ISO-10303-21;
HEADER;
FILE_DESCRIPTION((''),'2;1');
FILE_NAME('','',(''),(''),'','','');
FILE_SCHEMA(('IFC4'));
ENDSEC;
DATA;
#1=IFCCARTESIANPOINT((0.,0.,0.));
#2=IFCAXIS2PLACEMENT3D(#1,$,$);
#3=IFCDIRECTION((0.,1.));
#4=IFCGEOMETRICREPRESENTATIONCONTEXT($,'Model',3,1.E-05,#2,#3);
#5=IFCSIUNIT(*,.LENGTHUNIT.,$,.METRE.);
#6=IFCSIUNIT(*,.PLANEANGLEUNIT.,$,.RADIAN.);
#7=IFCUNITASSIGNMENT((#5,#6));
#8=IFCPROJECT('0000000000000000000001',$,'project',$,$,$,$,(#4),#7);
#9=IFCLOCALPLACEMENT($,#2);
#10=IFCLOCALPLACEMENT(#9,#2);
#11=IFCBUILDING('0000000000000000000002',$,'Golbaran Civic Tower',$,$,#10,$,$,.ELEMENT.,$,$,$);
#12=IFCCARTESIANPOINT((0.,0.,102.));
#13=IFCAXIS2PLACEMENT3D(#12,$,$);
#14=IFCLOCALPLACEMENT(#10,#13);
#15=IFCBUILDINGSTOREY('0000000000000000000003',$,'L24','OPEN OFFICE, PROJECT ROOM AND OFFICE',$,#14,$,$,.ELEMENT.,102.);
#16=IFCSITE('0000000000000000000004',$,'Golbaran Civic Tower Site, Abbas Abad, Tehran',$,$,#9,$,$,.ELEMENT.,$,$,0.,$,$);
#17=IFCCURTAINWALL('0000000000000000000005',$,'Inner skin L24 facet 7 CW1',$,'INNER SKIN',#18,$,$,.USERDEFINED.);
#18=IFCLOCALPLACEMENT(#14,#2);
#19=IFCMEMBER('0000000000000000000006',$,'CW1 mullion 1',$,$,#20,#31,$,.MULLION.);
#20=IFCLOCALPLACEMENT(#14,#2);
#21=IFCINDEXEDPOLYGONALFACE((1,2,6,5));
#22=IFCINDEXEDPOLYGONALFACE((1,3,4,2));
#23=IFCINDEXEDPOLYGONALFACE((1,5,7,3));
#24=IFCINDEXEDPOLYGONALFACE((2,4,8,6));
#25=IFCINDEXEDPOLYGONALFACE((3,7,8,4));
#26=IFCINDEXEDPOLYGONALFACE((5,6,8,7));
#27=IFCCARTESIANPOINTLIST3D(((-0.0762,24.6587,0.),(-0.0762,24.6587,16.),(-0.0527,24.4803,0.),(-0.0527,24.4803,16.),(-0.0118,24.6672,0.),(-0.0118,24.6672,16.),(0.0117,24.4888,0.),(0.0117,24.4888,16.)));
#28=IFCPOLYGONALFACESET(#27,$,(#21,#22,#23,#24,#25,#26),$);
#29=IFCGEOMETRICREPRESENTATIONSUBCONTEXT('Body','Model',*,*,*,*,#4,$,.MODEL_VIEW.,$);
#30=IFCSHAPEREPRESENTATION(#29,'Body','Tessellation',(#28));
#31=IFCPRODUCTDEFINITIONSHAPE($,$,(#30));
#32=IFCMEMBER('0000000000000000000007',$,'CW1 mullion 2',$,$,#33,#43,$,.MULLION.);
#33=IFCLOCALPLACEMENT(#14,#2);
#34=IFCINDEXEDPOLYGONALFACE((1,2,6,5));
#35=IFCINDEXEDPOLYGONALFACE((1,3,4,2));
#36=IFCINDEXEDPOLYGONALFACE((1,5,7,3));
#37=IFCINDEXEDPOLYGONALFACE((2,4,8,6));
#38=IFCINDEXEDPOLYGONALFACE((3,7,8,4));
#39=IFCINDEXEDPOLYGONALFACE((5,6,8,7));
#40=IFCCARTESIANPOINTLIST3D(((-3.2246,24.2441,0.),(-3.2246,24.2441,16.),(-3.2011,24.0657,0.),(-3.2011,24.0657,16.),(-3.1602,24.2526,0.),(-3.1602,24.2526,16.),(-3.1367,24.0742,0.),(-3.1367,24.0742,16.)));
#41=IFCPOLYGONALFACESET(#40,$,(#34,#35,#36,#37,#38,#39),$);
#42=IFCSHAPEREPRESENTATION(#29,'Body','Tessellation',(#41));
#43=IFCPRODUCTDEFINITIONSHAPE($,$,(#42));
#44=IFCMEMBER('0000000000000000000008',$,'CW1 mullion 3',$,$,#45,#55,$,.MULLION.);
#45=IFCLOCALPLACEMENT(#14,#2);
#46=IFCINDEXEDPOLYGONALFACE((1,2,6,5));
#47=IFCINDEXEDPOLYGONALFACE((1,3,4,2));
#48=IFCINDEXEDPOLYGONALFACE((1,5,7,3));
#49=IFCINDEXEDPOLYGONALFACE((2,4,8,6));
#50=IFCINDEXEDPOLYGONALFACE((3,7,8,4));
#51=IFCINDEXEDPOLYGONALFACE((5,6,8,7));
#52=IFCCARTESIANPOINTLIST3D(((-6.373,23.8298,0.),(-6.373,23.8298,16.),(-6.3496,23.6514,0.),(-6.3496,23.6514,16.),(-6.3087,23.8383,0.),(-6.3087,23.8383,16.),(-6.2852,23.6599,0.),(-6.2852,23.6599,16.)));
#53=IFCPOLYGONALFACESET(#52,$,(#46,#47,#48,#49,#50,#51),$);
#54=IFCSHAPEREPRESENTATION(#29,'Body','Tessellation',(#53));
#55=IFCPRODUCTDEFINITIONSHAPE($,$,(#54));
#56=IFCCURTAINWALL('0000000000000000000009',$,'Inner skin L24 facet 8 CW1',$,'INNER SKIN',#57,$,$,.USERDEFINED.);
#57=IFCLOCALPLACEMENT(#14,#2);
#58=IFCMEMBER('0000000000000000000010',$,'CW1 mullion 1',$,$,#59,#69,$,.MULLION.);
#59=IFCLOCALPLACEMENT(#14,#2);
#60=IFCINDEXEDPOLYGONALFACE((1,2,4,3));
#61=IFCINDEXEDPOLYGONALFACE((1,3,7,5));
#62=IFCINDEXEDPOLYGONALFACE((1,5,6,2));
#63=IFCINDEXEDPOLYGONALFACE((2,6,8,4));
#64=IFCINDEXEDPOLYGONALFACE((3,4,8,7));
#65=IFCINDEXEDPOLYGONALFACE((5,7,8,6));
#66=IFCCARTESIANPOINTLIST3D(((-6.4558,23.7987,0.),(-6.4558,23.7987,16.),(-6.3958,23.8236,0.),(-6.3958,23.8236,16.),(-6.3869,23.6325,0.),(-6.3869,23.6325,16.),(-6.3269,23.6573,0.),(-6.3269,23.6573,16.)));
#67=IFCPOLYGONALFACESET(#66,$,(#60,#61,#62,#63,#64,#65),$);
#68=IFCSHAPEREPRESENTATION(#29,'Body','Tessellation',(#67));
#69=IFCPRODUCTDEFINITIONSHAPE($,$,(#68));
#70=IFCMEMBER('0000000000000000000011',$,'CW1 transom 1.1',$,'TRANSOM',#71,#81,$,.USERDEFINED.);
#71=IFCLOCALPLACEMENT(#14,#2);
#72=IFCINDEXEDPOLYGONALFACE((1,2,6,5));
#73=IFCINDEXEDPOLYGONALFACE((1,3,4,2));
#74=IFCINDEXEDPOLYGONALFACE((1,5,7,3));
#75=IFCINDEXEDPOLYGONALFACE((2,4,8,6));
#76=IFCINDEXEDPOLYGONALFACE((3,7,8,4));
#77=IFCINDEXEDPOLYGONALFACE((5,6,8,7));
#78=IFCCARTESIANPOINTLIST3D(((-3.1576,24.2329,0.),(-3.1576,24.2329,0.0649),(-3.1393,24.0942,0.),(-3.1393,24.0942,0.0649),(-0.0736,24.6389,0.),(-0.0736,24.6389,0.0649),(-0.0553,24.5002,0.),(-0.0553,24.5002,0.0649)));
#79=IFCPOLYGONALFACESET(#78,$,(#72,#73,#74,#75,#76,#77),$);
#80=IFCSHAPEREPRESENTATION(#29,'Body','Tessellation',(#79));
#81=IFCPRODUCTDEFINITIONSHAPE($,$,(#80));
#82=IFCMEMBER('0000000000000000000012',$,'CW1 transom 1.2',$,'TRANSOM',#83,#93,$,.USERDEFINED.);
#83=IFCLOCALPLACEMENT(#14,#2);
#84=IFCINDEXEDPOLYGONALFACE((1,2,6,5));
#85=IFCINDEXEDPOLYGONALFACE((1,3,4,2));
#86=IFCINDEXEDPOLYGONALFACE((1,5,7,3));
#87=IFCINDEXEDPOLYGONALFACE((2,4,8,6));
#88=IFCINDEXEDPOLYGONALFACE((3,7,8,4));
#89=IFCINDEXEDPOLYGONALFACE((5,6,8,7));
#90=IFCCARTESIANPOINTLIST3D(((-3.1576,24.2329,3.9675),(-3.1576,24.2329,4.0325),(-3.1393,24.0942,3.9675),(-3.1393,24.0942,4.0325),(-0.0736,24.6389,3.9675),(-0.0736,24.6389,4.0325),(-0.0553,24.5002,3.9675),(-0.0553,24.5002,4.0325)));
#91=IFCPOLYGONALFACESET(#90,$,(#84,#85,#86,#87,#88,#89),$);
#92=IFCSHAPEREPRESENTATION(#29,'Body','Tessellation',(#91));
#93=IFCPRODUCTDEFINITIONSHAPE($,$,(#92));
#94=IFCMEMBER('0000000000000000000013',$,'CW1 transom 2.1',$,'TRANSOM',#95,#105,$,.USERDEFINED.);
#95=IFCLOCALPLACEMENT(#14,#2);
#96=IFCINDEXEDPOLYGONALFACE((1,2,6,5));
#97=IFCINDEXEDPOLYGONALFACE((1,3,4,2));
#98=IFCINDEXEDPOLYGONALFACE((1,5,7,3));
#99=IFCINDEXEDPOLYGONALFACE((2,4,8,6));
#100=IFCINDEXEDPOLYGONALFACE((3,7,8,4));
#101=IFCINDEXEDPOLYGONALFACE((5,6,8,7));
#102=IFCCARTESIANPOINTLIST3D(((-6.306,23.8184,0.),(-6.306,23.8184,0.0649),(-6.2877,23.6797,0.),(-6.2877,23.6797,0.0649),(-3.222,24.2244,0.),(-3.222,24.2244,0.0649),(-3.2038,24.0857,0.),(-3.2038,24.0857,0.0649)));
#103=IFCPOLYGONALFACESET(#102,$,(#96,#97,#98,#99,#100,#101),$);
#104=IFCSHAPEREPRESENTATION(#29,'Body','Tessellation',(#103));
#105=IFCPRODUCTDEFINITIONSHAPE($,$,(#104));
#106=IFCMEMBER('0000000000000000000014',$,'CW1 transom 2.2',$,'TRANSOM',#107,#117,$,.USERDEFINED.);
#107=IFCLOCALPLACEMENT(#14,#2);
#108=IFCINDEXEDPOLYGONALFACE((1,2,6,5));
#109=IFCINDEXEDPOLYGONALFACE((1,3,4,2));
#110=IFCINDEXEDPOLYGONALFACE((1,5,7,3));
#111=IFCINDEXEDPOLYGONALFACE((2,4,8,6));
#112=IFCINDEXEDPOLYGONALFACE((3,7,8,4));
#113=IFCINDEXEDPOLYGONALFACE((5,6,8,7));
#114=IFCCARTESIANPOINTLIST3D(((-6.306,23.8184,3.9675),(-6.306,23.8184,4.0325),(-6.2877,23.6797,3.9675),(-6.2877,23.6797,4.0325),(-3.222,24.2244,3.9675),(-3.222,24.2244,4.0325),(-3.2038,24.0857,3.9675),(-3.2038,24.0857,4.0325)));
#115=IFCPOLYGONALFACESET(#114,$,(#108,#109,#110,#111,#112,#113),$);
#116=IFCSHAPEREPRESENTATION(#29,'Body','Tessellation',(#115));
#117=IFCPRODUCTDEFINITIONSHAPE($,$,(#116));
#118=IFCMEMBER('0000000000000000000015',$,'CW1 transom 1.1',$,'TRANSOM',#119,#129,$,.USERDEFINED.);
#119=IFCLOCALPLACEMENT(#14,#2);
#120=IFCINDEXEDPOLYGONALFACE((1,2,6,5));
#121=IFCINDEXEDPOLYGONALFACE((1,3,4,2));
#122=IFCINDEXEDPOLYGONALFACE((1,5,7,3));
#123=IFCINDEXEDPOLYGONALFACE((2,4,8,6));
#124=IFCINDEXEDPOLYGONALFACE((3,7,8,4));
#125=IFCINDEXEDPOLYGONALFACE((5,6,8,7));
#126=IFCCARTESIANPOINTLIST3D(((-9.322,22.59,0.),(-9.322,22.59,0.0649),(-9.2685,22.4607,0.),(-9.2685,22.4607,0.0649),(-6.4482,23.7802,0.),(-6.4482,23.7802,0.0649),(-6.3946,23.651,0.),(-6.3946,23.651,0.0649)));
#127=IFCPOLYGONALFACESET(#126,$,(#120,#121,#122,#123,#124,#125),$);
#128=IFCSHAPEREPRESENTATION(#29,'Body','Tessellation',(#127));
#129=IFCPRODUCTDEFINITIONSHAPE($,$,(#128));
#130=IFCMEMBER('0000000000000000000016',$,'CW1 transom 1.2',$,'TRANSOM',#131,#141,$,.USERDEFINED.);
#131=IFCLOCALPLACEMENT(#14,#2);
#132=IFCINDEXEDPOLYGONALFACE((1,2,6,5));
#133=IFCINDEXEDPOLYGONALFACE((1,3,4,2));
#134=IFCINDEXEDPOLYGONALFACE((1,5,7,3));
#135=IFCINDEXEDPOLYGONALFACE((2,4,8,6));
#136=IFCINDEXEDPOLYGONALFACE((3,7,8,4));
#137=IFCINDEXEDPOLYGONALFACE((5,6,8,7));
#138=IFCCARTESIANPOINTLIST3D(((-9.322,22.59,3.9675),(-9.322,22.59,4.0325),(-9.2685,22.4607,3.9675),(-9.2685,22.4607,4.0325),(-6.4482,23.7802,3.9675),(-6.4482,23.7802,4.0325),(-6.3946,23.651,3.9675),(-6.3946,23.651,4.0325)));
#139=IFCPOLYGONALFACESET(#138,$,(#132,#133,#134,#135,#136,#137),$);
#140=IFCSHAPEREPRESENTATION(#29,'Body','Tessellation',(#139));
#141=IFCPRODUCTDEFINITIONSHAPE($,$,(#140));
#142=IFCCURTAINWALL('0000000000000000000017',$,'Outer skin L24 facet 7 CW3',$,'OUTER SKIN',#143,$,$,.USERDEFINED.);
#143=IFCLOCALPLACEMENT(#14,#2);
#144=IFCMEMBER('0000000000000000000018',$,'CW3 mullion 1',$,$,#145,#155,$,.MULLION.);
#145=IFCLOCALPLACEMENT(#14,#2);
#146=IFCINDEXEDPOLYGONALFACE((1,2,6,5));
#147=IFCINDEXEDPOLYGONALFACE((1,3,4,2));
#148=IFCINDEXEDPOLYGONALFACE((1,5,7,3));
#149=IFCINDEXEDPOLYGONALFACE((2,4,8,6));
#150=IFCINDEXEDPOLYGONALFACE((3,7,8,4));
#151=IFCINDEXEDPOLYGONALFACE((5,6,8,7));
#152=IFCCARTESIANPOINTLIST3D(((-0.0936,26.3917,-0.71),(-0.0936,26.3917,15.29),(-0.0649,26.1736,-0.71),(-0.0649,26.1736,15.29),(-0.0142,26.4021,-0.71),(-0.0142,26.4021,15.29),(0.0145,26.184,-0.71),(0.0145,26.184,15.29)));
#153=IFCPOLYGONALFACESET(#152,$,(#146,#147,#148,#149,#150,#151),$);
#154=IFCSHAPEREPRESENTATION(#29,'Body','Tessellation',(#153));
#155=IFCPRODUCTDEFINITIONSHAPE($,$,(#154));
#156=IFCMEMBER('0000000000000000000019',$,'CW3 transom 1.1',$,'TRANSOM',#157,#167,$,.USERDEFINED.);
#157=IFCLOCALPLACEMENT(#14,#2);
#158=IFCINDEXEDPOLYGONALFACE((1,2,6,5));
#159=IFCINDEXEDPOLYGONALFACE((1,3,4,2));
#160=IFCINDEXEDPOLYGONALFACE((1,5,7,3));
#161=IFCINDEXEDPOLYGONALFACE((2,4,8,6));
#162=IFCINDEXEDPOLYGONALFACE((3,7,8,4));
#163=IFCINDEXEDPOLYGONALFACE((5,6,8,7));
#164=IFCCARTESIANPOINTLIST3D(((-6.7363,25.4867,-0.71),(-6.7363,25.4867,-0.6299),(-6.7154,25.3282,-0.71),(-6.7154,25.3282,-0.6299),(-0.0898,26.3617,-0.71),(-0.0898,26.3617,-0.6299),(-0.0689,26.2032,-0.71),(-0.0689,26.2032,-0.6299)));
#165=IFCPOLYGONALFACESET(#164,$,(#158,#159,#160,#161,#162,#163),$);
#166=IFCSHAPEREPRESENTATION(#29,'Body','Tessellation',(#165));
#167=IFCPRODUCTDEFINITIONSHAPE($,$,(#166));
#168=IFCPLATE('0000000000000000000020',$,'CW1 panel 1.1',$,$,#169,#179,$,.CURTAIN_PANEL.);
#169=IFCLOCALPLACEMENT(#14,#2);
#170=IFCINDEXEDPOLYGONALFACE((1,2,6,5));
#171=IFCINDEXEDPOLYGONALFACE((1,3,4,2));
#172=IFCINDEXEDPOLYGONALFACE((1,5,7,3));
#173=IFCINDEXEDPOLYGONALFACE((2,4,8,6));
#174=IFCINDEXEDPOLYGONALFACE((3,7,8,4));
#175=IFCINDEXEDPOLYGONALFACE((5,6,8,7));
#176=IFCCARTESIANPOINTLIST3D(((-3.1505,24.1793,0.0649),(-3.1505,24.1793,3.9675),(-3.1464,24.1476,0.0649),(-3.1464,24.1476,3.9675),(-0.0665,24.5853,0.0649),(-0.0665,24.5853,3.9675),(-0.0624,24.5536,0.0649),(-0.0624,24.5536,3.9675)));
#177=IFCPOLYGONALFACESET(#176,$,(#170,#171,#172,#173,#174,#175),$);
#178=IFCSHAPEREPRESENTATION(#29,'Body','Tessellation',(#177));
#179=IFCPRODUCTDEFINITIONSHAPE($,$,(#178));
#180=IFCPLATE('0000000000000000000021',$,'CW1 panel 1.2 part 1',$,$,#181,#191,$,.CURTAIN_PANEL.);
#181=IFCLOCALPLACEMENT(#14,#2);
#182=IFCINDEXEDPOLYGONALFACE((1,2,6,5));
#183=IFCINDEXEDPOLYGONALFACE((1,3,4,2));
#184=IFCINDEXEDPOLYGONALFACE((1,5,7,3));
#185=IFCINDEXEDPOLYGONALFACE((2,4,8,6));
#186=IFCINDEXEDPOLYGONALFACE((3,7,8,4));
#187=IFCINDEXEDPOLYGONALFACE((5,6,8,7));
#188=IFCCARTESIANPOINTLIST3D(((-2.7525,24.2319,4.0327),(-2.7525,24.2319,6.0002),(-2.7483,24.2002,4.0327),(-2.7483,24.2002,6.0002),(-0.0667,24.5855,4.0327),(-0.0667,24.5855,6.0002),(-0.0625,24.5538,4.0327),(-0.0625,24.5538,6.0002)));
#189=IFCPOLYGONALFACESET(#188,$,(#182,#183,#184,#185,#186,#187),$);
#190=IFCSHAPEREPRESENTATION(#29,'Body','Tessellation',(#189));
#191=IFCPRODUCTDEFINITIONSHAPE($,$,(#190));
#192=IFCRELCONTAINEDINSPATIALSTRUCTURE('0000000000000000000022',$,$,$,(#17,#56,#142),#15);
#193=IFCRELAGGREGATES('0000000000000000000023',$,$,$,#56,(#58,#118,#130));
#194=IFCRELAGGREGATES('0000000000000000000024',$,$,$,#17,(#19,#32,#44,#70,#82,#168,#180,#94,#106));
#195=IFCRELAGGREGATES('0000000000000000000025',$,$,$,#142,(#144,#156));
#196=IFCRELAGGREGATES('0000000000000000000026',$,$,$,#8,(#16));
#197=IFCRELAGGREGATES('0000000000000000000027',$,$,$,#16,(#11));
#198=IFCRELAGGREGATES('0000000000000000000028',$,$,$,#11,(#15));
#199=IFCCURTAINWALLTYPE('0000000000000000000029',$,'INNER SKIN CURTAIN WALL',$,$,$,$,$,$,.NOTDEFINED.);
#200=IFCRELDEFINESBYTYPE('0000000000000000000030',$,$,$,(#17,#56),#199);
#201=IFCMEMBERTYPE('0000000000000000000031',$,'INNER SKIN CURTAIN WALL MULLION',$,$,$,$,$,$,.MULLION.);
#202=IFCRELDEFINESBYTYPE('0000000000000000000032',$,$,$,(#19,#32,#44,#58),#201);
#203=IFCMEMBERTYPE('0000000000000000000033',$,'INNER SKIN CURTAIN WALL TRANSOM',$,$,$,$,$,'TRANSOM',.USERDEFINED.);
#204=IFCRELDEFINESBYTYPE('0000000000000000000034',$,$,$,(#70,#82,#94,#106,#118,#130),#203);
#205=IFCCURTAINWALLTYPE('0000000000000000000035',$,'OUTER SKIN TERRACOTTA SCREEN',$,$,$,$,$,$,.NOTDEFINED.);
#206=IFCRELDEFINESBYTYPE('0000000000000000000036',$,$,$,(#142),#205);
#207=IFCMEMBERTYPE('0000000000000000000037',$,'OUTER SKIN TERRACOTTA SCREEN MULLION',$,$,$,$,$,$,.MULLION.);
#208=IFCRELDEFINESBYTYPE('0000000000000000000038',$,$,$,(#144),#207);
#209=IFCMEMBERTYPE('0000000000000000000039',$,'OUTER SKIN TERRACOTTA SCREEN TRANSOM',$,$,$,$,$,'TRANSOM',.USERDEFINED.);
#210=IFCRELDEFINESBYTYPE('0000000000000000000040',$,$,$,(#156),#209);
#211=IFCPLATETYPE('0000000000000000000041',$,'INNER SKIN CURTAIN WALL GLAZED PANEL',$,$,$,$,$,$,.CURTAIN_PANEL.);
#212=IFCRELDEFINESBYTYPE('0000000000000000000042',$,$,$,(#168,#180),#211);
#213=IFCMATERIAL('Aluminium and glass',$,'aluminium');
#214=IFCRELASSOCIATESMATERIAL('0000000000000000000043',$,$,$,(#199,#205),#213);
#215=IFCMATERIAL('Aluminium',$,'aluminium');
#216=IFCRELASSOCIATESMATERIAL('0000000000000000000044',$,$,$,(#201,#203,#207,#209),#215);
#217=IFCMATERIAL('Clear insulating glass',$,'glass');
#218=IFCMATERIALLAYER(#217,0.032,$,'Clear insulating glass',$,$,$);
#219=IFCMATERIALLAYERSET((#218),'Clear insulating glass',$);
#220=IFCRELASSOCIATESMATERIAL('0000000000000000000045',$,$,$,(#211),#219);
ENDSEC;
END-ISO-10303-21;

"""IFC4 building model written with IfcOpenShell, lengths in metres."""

from ifc_helpers import new_model, si_unit, direction, frame, origin, origin_2d, place, context, subcontext, project, spatial, rectangle, extrude, material, layer, layer_set, material_profile, profile_set, type_object, element, aggregate, save


model = new_model("IFC4")

# Units and contexts
model_context = context("Model", 3, precision=1e-05, world=origin(), true_north=direction((0.0, 1.0)))
body_context = subcontext(model_context, "Body", "Model", "MODEL_VIEW")
ifc_project = project(units=[si_unit("LENGTHUNIT", "METRE"), si_unit("PLANEANGLEUNIT", "RADIAN")], contexts=[model_context])

# Site, building, storey
site_placement = place(None, origin())
site = spatial("IfcSite", under=ifc_project, at=site_placement, Name="Golbaran Civic Tower Site, Abbas Abad, Tehran", CompositionType="ELEMENT", RefElevation=0.0)
building_placement = place(site_placement, origin())
building = spatial("IfcBuilding", under=site, at=building_placement, Name="Golbaran Civic Tower", CompositionType="ELEMENT")
storey_placement = place(building_placement, frame((0.0, 0.0, 102.0)))
storey = spatial("IfcBuildingStorey", under=building, at=storey_placement, Name="L24", Description="OPEN OFFICE, PROJECT ROOM AND OFFICE", CompositionType="ELEMENT", Elevation=102.0)

# Curtain wall, members
ifc_material_1 = material(Name="Aluminium and glass", Category="aluminium")
curtain_wall_type_1 = type_object("IfcCurtainWallType", Name="INNER SKIN CURTAIN WALL", PredefinedType="NOTDEFINED", material=ifc_material_1)
curtain_wall_1_placement = place(storey_placement, origin())
curtain_wall_1 = element("IfcCurtainWall", 1, at=curtain_wall_1_placement, inside=storey, type_object=curtain_wall_type_1, Name="Inner skin L24 facet 7 CW1", ObjectType="INNER SKIN", PredefinedType="USERDEFINED")
ifc_material_2 = material(Name="Aluminium", Category="aluminium")
ifc_material_profile_1 = material_profile(ifc_material_2, rectangle(XDim=0.1799, YDim=0.0649, at=origin_2d()), Name="INNER SKIN CURTAIN WALL MULLION")
ifc_profile_set_1 = profile_set([ifc_material_profile_1], Name="Aluminium")
member_type_1 = type_object("IfcMemberType", Name="INNER SKIN CURTAIN WALL MULLION", PredefinedType="MULLION", material=ifc_profile_set_1)
member_1_placement = place(storey_placement, frame((-0.0322, 24.5737, 0.0), z_axis=(0.0, 0.0, 1.0), x_axis=(0.130526, -0.991445, 0.0)))
member_1 = element("IfcMember", 2, at=member_1_placement, type_object=member_type_1, Name="CW1 mullion 1", PredefinedType="MULLION", context=body_context, shape_type="SweptSolid", body=[
    extrude(rectangle(XDim=0.1799, YDim=0.0649, at=origin_2d()), origin(), (0.0, 0.0, 1.0), 16.0),
])
member_2_placement = place(storey_placement, frame((-3.1807, 24.1592, 0.0), z_axis=(0.0, 0.0, 1.0), x_axis=(0.130526, -0.991445, 0.0)))
member_2 = element("IfcMember", 3, at=member_2_placement, type_object=member_type_1, Name="CW1 mullion 2", PredefinedType="MULLION", context=body_context, shape_type="SweptSolid", body=[
    extrude(rectangle(XDim=0.1799, YDim=0.0649, at=origin_2d()), origin(), (0.0, 0.0, 1.0), 16.0),
])
member_3_placement = place(storey_placement, frame((-6.3291, 23.7449, 0.0), z_axis=(0.0, 0.0, 1.0), x_axis=(0.130526, -0.991445, 0.0)))
member_3 = element("IfcMember", 4, at=member_3_placement, type_object=member_type_1, Name="CW1 mullion 3", PredefinedType="MULLION", context=body_context, shape_type="SweptSolid", body=[
    extrude(rectangle(XDim=0.1799, YDim=0.0649, at=origin_2d()), origin(), (0.0, 0.0, 1.0), 16.0),
])

# Curtain wall, member
curtain_wall_2_placement = place(storey_placement, origin())
curtain_wall_2 = element("IfcCurtainWall", 5, at=curtain_wall_2_placement, inside=storey, type_object=curtain_wall_type_1, Name="Inner skin L24 facet 8 CW1", ObjectType="INNER SKIN", PredefinedType="USERDEFINED")
member_4_placement = place(storey_placement, frame((-6.3914, 23.728, 0.0), z_axis=(0.0, 0.0, 1.0), x_axis=(0.382683, -0.92388, 0.0)))
member_4 = element("IfcMember", 6, at=member_4_placement, type_object=member_type_1, Name="CW1 mullion 1", PredefinedType="MULLION", context=body_context, shape_type="SweptSolid", body=[
    extrude(rectangle(XDim=0.1799, YDim=0.0649, at=origin_2d()), origin(), (0.0, 0.0, 1.0), 16.0),
])

# Members
ifc_material_profile_2 = material_profile(ifc_material_2, rectangle(XDim=0.1399, YDim=0.0649, at=origin_2d()), Name="INNER SKIN CURTAIN WALL TRANSOM")
ifc_profile_set_2 = profile_set([ifc_material_profile_2], Name="Aluminium")
member_type_2 = type_object("IfcMemberType", Name="INNER SKIN CURTAIN WALL TRANSOM", ElementType="TRANSOM", PredefinedType="USERDEFINED", material=ifc_profile_set_2)
member_5_placement = place(storey_placement, frame((-0.0645, 24.5696, 0.0325), z_axis=(-0.991445, -0.130524, 0.0), x_axis=(0.130524, -0.991445, 0.0)))
member_5 = element("IfcMember", 7, at=member_5_placement, type_object=member_type_2, Name="CW1 transom 1.1", ObjectType="TRANSOM", PredefinedType="USERDEFINED", context=body_context, shape_type="SweptSolid", body=[
    extrude(rectangle(XDim=0.1399, YDim=0.0649, at=origin_2d()), origin(), (0.0, 0.0, 1.0), 3.1106),
])
member_6_placement = place(storey_placement, frame((-0.0645, 24.5696, 4.0), z_axis=(-0.991445, -0.130524, 0.0), x_axis=(0.130524, -0.991445, 0.0)))
member_6 = element("IfcMember", 8, at=member_6_placement, type_object=member_type_2, Name="CW1 transom 1.2", ObjectType="TRANSOM", PredefinedType="USERDEFINED", context=body_context, shape_type="SweptSolid", body=[
    extrude(rectangle(XDim=0.1399, YDim=0.0649, at=origin_2d()), origin(), (0.0, 0.0, 1.0), 3.1106),
])
member_7_placement = place(storey_placement, frame((-3.2129, 24.155, 0.0325), z_axis=(-0.991445, -0.130524, 0.0), x_axis=(0.130524, -0.991445, 0.0)))
member_7 = element("IfcMember", 9, at=member_7_placement, type_object=member_type_2, Name="CW1 transom 2.1", ObjectType="TRANSOM", PredefinedType="USERDEFINED", context=body_context, shape_type="SweptSolid", body=[
    extrude(rectangle(XDim=0.1399, YDim=0.0649, at=origin_2d()), origin(), (0.0, 0.0, 1.0), 3.1106),
])
member_8_placement = place(storey_placement, frame((-3.2129, 24.155, 4.0), z_axis=(-0.991445, -0.130524, 0.0), x_axis=(0.130524, -0.991445, 0.0)))
member_8 = element("IfcMember", 10, at=member_8_placement, type_object=member_type_2, Name="CW1 transom 2.2", ObjectType="TRANSOM", PredefinedType="USERDEFINED", context=body_context, shape_type="SweptSolid", body=[
    extrude(rectangle(XDim=0.1399, YDim=0.0649, at=origin_2d()), origin(), (0.0, 0.0, 1.0), 3.1106),
])
member_9_placement = place(storey_placement, frame((-6.4214, 23.7156, 0.0325), z_axis=(-0.923899, -0.382636, 0.0), x_axis=(0.382636, -0.923899, 0.0)))
member_9 = element("IfcMember", 11, at=member_9_placement, type_object=member_type_2, Name="CW1 transom 1.1", ObjectType="TRANSOM", PredefinedType="USERDEFINED", context=body_context, shape_type="SweptSolid", body=[
    extrude(rectangle(XDim=0.1399, YDim=0.0649, at=origin_2d()), origin(), (0.0, 0.0, 1.0), 3.1106),
])
member_10_placement = place(storey_placement, frame((-6.4214, 23.7156, 4.0), z_axis=(-0.923899, -0.382636, 0.0), x_axis=(0.382636, -0.923899, 0.0)))
member_10 = element("IfcMember", 12, at=member_10_placement, type_object=member_type_2, Name="CW1 transom 1.2", ObjectType="TRANSOM", PredefinedType="USERDEFINED", context=body_context, shape_type="SweptSolid", body=[
    extrude(rectangle(XDim=0.1399, YDim=0.0649, at=origin_2d()), origin(), (0.0, 0.0, 1.0), 3.1106),
])
aggregate(curtain_wall_2, [member_4, member_9, member_10])

# Curtain wall, members
curtain_wall_type_2 = type_object("IfcCurtainWallType", Name="OUTER SKIN TERRACOTTA SCREEN", PredefinedType="NOTDEFINED", material=ifc_material_1)
curtain_wall_3_placement = place(storey_placement, origin())
curtain_wall_3 = element("IfcCurtainWall", 13, at=curtain_wall_3_placement, inside=storey, type_object=curtain_wall_type_2, Name="Outer skin L24 facet 7 CW3", ObjectType="OUTER SKIN", PredefinedType="USERDEFINED")
ifc_material_profile_3 = material_profile(ifc_material_2, rectangle(XDim=0.22, YDim=0.0801, at=origin_2d()), Name="OUTER SKIN TERRACOTTA SCREEN MULLION")
ifc_profile_set_3 = profile_set([ifc_material_profile_3], Name="Aluminium")
member_type_3 = type_object("IfcMemberType", Name="OUTER SKIN TERRACOTTA SCREEN MULLION", PredefinedType="MULLION", material=ifc_profile_set_3)
member_11_placement = place(storey_placement, frame((-0.0396, 26.2878, -0.71), z_axis=(0.0, 0.0, 1.0), x_axis=(0.130526, -0.991445, 0.0)))
member_11 = element("IfcMember", 14, at=member_11_placement, type_object=member_type_3, Name="CW3 mullion 1", PredefinedType="MULLION", context=body_context, shape_type="SweptSolid", body=[
    extrude(rectangle(XDim=0.22, YDim=0.0801, at=origin_2d()), origin(), (0.0, 0.0, 1.0), 16.0),
])
ifc_material_profile_4 = material_profile(ifc_material_2, rectangle(XDim=0.1599, YDim=0.0801, at=origin_2d()), Name="OUTER SKIN TERRACOTTA SCREEN TRANSOM")
ifc_profile_set_4 = profile_set([ifc_material_profile_4], Name="Aluminium")
member_type_4 = type_object("IfcMemberType", Name="OUTER SKIN TERRACOTTA SCREEN TRANSOM", ElementType="TRANSOM", PredefinedType="USERDEFINED", material=ifc_profile_set_4)
member_12_placement = place(storey_placement, frame((-0.0793, 26.2825, -0.6699), z_axis=(-0.991445, -0.130522, 0.0), x_axis=(0.130522, -0.991445, 0.0)))
member_12 = element("IfcMember", 15, at=member_12_placement, type_object=member_type_4, Name="CW3 transom 1.1", ObjectType="TRANSOM", PredefinedType="USERDEFINED", context=body_context, shape_type="SweptSolid", body=[
    extrude(rectangle(XDim=0.1599, YDim=0.0801, at=origin_2d()), origin(), (0.0, 0.0, 1.0), 6.7039),
])

# Plates
ifc_material_3 = material(Name="Clear insulating glass", Category="glass")
ifc_layer_1 = layer(ifc_material_3, 0.032, Name="Clear insulating glass")
ifc_layer_set_1 = layer_set([ifc_layer_1], Name="Clear insulating glass")
plate_type_1 = type_object("IfcPlateType", Name="INNER SKIN CURTAIN WALL GLAZED PANEL", PredefinedType="CURTAIN_PANEL", material=ifc_layer_set_1)
plate_1_placement = place(storey_placement, frame((-1.6064, 24.3665, 0.0649), z_axis=(0.0, 0.0, 1.0), x_axis=(-0.991445, -0.130526, 0.0)))
plate_1 = element("IfcPlate", 16, at=plate_1_placement, type_object=plate_type_1, Name="CW1 panel 1.1", PredefinedType="CURTAIN_PANEL", context=body_context, shape_type="SweptSolid", body=[
    extrude(rectangle(XDim=3.1106, YDim=0.032, at=origin_2d()), origin(), (0.0, 0.0, 1.0), 3.9026),
])
plate_2_placement = place(storey_placement, frame((-1.4075, 24.3928, 4.0327), z_axis=(0.0, 0.0, 1.0), x_axis=(-0.991445, -0.130526, 0.0)))
plate_2 = element("IfcPlate", 17, at=plate_2_placement, type_object=plate_type_1, Name="CW1 panel 1.2 part 1", PredefinedType="CURTAIN_PANEL", context=body_context, shape_type="SweptSolid", body=[
    extrude(rectangle(XDim=2.709, YDim=0.032, at=origin_2d()), origin(), (0.0, 0.0, 1.0), 1.9675),
])
aggregate(curtain_wall_1, [member_1, member_2, member_3, member_5, member_6, plate_1, plate_2, member_7, member_8])
aggregate(curtain_wall_3, [member_11, member_12])

save(model, "model.ifc")
